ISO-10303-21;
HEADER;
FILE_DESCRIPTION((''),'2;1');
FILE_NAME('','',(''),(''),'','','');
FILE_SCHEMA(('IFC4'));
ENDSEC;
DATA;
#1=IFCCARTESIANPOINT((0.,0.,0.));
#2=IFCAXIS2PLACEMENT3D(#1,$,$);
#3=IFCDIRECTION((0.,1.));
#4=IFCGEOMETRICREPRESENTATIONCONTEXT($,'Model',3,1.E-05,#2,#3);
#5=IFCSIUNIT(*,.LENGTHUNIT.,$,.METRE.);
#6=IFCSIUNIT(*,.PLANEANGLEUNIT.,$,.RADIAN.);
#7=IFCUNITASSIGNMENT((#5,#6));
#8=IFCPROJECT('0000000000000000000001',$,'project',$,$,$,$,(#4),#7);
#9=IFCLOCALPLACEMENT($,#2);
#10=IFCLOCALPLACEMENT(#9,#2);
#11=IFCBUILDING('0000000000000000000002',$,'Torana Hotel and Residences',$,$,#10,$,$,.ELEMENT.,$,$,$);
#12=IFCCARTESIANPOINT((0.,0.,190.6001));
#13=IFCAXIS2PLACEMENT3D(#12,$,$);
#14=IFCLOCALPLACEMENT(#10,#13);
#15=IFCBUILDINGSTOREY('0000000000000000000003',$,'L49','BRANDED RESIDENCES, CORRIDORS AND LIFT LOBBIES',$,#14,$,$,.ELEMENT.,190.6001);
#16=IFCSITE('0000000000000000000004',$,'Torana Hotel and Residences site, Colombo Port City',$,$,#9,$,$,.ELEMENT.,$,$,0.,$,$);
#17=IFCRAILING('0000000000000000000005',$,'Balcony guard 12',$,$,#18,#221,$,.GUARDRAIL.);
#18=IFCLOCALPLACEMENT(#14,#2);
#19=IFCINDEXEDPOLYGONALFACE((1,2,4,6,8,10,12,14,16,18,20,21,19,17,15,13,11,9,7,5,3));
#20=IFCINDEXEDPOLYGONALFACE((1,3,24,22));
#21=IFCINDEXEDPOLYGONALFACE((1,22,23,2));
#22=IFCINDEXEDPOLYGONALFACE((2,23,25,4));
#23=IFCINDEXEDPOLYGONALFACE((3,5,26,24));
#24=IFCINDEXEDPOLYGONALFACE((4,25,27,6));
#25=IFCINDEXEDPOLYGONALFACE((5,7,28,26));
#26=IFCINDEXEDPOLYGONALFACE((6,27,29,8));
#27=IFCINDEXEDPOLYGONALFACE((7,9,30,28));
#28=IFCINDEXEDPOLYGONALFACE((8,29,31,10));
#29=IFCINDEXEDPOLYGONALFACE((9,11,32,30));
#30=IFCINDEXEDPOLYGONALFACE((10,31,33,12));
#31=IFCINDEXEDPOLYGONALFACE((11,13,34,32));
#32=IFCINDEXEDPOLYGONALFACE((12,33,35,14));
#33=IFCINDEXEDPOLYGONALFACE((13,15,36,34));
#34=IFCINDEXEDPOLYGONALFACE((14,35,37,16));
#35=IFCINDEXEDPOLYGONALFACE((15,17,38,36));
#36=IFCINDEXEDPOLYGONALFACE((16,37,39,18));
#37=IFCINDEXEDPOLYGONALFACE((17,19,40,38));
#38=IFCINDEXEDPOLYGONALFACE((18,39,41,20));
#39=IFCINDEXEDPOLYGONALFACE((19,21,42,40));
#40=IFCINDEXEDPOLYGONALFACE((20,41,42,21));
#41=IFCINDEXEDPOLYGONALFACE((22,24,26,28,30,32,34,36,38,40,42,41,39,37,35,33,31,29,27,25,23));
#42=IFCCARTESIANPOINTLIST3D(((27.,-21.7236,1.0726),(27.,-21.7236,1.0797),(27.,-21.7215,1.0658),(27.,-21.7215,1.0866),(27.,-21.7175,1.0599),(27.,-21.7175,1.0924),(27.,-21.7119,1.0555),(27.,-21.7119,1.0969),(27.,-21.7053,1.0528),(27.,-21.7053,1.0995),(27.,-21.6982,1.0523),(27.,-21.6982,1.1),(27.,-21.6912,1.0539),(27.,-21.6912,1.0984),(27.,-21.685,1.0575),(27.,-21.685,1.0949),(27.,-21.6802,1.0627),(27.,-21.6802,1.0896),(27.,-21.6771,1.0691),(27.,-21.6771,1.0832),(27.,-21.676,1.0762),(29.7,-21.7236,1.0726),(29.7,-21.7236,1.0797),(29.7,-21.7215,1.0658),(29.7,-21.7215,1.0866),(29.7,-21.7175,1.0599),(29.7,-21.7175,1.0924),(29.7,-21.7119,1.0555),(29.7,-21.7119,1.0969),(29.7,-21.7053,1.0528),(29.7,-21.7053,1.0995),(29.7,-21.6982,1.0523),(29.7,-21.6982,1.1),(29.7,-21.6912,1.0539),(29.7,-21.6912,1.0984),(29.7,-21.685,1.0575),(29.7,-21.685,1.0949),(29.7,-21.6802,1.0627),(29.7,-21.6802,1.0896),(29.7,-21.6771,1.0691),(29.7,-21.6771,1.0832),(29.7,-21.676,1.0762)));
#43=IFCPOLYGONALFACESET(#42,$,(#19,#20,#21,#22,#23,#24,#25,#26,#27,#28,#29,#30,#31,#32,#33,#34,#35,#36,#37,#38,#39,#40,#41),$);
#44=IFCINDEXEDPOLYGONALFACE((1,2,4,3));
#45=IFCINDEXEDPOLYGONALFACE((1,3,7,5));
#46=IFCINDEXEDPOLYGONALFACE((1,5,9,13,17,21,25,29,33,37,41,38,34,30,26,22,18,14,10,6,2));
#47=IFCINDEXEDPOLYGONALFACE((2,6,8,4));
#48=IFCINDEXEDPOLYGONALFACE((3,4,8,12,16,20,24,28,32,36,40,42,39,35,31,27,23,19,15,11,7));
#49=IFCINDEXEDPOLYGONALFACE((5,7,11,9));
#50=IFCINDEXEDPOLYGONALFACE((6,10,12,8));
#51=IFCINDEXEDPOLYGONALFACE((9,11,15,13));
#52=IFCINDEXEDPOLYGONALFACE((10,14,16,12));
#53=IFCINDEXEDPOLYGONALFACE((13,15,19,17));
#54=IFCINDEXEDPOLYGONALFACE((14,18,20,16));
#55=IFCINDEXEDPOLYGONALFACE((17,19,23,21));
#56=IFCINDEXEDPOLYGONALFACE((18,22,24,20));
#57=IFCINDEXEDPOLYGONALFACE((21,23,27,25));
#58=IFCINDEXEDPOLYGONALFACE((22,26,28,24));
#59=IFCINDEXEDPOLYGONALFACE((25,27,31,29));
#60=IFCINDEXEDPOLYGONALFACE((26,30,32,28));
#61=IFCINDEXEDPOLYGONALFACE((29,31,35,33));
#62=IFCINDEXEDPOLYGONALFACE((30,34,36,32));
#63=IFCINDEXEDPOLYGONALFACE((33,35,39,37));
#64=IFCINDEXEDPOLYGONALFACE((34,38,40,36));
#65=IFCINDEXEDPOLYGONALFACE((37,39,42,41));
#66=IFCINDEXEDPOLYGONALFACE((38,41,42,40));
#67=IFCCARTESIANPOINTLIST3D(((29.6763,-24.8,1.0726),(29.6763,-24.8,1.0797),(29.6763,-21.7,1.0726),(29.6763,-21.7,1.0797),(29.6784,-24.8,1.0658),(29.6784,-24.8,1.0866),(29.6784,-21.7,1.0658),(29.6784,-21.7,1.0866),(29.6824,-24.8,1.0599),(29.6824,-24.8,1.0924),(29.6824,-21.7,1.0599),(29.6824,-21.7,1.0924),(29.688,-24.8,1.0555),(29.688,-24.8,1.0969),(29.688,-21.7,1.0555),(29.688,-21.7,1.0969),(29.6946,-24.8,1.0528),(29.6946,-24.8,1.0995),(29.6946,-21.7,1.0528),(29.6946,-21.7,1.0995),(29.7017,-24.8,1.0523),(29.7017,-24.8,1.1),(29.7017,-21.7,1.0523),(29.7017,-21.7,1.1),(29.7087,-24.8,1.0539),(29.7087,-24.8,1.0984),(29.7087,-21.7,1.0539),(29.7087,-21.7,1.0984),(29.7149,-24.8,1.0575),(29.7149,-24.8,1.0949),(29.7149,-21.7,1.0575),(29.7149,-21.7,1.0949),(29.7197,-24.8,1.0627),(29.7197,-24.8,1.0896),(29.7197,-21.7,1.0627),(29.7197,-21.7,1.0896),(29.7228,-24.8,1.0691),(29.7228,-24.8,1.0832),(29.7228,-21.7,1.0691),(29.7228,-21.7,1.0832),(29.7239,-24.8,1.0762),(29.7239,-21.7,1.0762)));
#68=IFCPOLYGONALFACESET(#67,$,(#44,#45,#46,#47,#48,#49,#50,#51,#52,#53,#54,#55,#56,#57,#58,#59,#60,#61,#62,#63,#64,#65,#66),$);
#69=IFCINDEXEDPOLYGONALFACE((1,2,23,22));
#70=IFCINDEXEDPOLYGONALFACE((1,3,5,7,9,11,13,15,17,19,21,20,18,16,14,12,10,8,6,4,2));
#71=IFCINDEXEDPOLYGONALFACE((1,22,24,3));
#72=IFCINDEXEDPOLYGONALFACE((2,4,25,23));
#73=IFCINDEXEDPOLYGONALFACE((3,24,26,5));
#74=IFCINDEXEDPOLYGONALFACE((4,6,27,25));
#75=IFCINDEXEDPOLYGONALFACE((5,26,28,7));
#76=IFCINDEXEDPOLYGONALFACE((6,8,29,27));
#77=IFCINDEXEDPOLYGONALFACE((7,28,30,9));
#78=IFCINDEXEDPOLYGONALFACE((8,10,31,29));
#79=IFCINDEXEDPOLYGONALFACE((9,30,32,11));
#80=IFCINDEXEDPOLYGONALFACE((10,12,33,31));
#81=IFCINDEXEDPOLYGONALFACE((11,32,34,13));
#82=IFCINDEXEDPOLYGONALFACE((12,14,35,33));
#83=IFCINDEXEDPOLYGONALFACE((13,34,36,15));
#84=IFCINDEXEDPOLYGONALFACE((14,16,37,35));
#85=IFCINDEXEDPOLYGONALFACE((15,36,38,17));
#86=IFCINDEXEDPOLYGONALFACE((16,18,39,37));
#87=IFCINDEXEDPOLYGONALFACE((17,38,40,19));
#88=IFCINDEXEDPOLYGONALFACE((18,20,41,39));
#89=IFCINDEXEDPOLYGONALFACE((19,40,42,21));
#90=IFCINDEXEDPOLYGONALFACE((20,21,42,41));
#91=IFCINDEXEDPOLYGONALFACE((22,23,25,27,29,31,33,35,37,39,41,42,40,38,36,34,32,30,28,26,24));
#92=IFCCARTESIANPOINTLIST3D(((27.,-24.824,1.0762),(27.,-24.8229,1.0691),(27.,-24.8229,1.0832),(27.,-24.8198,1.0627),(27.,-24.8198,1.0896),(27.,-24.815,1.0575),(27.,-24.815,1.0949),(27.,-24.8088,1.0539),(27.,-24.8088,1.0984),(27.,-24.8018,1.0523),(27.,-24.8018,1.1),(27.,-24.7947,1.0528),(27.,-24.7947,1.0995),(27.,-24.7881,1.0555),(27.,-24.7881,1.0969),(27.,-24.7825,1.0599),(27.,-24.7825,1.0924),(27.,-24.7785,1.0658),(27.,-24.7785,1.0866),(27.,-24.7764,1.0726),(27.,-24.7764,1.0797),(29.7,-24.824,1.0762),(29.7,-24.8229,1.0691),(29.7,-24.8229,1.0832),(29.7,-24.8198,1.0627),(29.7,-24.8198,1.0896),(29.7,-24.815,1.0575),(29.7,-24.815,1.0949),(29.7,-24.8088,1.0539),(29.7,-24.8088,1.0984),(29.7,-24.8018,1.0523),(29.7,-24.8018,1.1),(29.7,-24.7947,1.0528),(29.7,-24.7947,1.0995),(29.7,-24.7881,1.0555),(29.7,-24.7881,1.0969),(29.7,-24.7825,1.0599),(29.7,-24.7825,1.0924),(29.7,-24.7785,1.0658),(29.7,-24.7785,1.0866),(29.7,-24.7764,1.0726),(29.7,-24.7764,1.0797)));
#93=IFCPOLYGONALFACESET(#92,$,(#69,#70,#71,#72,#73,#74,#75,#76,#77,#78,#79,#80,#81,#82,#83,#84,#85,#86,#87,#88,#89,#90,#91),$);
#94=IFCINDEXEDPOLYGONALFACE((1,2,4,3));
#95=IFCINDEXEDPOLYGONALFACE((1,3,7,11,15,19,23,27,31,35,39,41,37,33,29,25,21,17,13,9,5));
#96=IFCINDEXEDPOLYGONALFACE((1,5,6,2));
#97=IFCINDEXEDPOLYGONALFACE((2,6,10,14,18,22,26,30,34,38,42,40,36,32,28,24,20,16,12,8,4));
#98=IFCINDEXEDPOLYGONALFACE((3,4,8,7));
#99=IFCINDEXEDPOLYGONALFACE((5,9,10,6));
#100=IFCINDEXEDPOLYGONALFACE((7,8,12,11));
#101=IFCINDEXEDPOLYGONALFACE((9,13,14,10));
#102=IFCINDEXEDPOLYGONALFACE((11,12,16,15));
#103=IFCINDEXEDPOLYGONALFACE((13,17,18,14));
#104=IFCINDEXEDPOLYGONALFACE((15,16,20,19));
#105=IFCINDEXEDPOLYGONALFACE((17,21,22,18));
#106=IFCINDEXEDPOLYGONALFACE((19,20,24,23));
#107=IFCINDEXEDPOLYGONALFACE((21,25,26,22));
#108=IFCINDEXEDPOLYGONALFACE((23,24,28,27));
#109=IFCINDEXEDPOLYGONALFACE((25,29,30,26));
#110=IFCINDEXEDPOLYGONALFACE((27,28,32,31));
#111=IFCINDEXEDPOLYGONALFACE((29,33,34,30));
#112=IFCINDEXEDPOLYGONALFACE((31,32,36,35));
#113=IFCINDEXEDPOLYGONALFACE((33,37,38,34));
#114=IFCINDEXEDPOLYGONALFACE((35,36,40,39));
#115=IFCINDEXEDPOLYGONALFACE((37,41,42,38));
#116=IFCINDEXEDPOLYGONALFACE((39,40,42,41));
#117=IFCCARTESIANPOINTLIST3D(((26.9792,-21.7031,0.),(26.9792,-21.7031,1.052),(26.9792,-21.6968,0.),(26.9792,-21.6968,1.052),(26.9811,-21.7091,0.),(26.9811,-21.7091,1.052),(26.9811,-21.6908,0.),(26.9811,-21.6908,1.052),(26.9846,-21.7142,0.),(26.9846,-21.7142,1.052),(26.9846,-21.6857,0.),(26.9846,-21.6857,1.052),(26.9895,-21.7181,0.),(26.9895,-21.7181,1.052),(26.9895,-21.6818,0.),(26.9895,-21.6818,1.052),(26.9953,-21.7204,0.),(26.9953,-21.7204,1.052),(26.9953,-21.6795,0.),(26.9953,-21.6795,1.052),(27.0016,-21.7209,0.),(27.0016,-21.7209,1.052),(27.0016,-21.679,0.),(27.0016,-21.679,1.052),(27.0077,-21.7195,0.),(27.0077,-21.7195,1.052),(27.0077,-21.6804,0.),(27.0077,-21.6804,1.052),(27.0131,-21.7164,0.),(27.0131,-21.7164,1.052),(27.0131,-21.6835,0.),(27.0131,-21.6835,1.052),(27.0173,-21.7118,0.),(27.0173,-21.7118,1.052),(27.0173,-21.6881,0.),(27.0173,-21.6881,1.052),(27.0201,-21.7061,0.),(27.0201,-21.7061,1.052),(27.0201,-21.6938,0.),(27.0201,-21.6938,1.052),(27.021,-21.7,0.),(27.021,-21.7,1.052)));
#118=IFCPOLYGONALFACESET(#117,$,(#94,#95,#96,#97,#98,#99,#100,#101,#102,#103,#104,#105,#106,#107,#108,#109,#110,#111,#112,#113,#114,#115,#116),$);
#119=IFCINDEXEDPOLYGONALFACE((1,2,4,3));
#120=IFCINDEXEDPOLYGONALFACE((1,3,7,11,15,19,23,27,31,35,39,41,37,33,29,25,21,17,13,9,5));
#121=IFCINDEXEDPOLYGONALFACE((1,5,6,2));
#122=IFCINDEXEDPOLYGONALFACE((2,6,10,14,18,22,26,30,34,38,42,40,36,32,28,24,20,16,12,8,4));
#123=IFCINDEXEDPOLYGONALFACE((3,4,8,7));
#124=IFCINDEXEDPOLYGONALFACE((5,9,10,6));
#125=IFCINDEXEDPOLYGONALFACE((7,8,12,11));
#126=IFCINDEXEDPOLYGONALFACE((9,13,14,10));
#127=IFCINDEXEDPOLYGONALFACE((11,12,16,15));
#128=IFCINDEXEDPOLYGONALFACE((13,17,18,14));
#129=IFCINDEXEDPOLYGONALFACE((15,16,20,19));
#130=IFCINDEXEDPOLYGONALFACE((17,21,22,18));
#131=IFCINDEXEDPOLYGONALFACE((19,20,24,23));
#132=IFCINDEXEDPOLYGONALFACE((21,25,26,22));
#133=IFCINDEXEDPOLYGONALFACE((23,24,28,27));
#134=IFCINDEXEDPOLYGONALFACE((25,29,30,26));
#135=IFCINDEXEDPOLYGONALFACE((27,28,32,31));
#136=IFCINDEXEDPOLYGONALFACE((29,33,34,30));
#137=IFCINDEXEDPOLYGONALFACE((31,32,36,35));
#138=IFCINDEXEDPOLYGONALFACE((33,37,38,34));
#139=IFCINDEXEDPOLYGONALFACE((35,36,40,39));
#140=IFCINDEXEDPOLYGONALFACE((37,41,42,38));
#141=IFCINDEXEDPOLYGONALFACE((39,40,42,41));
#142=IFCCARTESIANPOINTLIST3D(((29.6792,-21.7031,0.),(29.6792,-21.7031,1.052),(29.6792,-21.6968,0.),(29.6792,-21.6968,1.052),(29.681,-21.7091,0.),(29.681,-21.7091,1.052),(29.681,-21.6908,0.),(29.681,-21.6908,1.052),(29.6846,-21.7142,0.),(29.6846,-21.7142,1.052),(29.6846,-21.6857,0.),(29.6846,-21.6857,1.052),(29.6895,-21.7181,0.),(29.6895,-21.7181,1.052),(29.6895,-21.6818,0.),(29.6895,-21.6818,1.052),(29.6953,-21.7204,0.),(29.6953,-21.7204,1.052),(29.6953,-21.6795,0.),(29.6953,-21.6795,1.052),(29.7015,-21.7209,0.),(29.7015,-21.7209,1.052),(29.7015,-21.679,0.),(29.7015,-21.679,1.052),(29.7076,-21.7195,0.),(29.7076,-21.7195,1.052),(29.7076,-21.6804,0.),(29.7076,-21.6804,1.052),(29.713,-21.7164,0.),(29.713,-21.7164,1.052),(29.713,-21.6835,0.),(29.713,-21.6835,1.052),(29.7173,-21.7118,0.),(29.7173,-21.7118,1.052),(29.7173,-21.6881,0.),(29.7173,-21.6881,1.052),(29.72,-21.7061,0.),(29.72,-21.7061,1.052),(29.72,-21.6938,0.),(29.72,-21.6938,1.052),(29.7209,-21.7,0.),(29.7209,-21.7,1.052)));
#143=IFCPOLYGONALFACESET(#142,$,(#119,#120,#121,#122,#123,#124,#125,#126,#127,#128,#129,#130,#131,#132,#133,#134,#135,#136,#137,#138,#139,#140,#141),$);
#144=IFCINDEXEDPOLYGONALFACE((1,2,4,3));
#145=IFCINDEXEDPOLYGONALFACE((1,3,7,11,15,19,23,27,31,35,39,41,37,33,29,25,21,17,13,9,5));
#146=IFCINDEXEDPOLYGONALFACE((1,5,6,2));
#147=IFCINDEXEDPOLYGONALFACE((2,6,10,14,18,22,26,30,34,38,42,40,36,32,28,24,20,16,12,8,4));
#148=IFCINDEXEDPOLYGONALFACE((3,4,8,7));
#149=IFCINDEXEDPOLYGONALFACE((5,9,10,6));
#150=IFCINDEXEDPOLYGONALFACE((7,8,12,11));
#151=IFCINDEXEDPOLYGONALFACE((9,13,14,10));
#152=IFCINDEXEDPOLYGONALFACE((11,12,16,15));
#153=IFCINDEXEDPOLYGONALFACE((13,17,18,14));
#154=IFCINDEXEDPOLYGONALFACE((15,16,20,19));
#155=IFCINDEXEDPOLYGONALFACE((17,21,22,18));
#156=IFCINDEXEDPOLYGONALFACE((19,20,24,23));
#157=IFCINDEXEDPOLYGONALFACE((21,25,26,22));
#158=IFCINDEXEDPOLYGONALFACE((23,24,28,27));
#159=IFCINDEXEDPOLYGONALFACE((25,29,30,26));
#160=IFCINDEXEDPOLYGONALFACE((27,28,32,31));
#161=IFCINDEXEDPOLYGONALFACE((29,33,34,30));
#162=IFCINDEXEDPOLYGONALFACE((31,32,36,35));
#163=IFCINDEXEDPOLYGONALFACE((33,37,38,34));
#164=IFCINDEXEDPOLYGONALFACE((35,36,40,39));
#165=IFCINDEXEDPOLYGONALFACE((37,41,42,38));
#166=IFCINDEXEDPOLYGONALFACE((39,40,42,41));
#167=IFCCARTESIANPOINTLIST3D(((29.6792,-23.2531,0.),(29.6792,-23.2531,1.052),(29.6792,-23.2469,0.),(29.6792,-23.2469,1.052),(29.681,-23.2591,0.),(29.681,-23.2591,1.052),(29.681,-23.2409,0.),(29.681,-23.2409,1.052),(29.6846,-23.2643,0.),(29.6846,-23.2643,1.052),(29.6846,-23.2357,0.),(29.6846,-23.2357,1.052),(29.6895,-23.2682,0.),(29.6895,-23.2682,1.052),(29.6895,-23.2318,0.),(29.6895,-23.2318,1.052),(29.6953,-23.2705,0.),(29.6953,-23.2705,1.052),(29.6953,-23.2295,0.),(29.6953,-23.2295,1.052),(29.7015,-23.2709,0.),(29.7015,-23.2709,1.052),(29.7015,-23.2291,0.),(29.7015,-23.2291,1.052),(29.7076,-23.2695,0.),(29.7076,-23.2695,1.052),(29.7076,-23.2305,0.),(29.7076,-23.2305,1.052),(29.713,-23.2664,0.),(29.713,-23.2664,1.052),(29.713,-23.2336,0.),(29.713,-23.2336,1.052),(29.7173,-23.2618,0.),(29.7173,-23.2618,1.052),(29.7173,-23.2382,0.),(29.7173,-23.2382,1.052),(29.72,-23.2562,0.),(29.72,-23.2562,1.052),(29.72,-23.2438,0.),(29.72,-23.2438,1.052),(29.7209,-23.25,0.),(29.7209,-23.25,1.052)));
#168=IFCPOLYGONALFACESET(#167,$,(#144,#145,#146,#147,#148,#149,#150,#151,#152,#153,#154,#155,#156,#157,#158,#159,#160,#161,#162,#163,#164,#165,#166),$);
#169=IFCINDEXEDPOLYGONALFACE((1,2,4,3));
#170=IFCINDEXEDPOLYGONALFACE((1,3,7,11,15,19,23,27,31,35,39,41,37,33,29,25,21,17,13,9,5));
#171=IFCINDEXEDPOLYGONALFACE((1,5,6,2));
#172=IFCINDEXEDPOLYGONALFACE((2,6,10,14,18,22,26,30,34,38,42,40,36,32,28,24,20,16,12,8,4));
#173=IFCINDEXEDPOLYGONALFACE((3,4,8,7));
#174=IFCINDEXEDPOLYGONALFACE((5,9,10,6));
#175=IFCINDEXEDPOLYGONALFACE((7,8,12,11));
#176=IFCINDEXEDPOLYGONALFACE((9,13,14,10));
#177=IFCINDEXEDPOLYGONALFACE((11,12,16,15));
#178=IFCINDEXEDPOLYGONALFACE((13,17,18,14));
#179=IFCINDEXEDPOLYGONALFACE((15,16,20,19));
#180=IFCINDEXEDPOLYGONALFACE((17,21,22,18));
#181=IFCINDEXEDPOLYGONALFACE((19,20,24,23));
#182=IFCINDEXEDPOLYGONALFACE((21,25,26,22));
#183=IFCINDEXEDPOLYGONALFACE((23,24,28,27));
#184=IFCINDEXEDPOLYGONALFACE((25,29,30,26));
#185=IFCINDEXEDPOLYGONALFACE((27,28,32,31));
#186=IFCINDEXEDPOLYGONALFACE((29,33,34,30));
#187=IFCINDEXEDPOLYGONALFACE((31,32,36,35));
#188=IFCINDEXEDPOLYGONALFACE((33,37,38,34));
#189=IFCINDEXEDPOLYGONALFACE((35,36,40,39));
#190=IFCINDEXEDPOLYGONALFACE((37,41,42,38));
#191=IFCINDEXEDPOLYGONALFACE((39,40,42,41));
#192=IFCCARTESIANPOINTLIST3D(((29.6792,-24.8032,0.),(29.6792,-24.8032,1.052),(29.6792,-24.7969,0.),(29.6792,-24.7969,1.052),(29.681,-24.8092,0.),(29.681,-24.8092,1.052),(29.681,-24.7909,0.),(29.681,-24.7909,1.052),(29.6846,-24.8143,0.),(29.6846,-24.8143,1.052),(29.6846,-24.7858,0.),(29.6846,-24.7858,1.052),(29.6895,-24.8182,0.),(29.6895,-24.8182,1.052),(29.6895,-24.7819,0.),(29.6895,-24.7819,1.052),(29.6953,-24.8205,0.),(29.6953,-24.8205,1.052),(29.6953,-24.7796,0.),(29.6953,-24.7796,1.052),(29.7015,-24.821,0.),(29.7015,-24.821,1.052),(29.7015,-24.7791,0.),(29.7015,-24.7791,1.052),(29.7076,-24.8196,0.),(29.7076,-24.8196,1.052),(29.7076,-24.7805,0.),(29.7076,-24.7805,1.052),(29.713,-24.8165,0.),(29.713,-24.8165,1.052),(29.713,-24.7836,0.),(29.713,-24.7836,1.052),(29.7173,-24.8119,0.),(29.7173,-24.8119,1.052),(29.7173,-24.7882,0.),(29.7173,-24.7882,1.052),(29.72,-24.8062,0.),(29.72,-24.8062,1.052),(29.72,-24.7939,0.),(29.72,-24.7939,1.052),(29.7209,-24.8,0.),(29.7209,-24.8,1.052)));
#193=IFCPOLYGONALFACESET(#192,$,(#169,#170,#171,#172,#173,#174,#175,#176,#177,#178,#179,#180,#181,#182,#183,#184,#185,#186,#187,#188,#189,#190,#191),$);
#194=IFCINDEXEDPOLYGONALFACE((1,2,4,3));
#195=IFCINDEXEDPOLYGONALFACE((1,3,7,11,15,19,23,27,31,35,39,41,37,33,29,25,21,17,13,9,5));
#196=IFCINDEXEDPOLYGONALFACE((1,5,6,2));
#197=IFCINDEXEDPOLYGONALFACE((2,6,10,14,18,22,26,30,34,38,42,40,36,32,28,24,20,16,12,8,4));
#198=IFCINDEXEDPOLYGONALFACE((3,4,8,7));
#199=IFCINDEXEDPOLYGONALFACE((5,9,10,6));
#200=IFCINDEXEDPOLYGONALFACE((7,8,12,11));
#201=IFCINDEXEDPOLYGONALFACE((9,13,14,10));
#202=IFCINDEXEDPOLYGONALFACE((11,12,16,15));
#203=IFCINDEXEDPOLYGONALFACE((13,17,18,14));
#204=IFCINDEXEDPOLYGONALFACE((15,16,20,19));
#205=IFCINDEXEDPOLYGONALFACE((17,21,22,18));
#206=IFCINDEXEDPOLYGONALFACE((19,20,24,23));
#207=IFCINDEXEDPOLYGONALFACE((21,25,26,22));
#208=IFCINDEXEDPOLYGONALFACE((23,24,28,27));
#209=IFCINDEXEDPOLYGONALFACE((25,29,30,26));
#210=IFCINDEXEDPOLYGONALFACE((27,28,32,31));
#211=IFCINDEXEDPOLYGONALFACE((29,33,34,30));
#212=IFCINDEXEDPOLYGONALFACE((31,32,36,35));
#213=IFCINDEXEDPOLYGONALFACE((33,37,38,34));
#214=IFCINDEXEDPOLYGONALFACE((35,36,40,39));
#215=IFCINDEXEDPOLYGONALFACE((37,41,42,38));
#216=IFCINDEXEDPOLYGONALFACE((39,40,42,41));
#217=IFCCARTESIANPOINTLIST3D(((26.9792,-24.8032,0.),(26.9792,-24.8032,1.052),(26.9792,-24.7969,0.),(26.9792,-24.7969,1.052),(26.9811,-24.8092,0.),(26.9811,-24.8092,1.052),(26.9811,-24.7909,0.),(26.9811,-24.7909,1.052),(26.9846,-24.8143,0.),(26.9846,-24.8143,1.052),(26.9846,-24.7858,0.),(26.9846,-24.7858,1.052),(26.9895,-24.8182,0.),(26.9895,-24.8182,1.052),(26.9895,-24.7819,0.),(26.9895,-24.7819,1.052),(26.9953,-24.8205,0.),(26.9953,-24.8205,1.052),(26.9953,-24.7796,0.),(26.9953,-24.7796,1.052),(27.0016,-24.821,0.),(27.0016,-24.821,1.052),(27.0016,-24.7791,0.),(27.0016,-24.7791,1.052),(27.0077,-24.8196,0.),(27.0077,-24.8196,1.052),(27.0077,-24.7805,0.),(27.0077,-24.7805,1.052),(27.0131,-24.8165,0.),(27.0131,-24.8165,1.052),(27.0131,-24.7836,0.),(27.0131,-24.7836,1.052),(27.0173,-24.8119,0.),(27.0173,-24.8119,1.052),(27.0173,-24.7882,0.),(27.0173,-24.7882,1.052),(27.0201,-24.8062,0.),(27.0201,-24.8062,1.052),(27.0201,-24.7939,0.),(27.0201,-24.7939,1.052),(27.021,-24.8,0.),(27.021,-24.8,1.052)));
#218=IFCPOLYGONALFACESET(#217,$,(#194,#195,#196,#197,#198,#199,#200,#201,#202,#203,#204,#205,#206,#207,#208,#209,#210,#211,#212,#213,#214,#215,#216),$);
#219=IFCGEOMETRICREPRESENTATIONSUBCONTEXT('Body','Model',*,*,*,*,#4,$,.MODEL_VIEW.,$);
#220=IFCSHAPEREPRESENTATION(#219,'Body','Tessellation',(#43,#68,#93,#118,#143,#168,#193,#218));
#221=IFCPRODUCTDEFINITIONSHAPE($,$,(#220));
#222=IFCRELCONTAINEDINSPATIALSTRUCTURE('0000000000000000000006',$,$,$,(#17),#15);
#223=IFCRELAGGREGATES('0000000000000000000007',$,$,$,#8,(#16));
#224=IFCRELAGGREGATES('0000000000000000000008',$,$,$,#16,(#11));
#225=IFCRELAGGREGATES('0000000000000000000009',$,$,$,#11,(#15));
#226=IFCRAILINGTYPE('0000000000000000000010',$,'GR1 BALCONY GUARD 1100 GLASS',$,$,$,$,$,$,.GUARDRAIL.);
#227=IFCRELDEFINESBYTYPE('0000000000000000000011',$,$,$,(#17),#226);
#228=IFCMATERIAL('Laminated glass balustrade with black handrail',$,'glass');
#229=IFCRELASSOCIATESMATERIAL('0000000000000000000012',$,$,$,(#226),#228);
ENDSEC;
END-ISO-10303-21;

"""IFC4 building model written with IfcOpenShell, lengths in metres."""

from ifc_helpers import new_model, si_unit, direction, frame, origin, origin_2d, place, context, subcontext, project, spatial, circle, extrude, material, type_object, element, save


model = new_model("IFC4")

# Units and contexts
model_context = context("Model", 3, precision=1e-05, world=origin(), true_north=direction((0.0, 1.0)))
body_context = subcontext(model_context, "Body", "Model", "MODEL_VIEW")
ifc_project = project(units=[si_unit("LENGTHUNIT", "METRE"), si_unit("PLANEANGLEUNIT", "RADIAN")], contexts=[model_context])

# Site, building, storey
site_placement = place(None, origin())
site = spatial("IfcSite", under=ifc_project, at=site_placement, Name="Torana Hotel and Residences site, Colombo Port City", CompositionType="ELEMENT", RefElevation=0.0)
building_placement = place(site_placement, origin())
building = spatial("IfcBuilding", under=site, at=building_placement, Name="Torana Hotel and Residences", CompositionType="ELEMENT")
storey_placement = place(building_placement, frame((0.0, 0.0, 190.6001)))
storey = spatial("IfcBuildingStorey", under=building, at=storey_placement, Name="L49", Description="BRANDED RESIDENCES, CORRIDORS AND LIFT LOBBIES", CompositionType="ELEMENT", Elevation=190.6001)

# Railing
ifc_material_1 = material(Name="Laminated glass balustrade with black handrail", Category="glass")
railing_type = type_object("IfcRailingType", Name="GR1 BALCONY GUARD 1100 GLASS", PredefinedType="GUARDRAIL", material=ifc_material_1)
railing_1_placement = place(storey_placement, frame((27.0, -21.7, 0.0)))
element("IfcRailing", 1, at=railing_1_placement, inside=storey, type_object=railing_type, Name="Balcony guard 12", PredefinedType="GUARDRAIL", context=body_context, shape_type="SweptSolid", body=[
    extrude(circle(Radius=0.0239, at=origin_2d()), frame((0.0, 0.0, 1.0762), z_axis=(1.0, 0.0, 0.0), x_axis=(0.0, 1.0, 0.0)), (0.0, 0.0, 1.0), 2.7),
    extrude(circle(Radius=0.0239, at=origin_2d()), frame((2.7, 0.0, 1.0762), z_axis=(0.0, -1.0, 0.0), x_axis=(1.0, 0.0, 0.0)), (0.0, 0.0, 1.0), 3.1001),
    extrude(circle(Radius=0.0239, at=origin_2d()), frame((2.7, -3.1001, 1.0762), z_axis=(-1.0, 0.0, 0.0), x_axis=(0.0, -1.0, 0.0)), (0.0, 0.0, 1.0), 2.7),
    extrude(circle(Radius=0.021, at=origin_2d()), origin(), (0.0, 0.0, 1.0), 1.052),
    extrude(circle(Radius=0.021, at=origin_2d()), frame((2.7, 0.0, 0.0)), (0.0, 0.0, 1.0), 1.052),
    extrude(circle(Radius=0.021, at=origin_2d()), frame((2.7, -1.55, 0.0)), (0.0, 0.0, 1.0), 1.052),
    extrude(circle(Radius=0.021, at=origin_2d()), frame((2.7, -3.1001, 0.0)), (0.0, 0.0, 1.0), 1.052),
    extrude(circle(Radius=0.021, at=origin_2d()), frame((0.0, -3.1001, 0.0)), (0.0, 0.0, 1.0), 1.052),
])

save(model, "model.ifc")
